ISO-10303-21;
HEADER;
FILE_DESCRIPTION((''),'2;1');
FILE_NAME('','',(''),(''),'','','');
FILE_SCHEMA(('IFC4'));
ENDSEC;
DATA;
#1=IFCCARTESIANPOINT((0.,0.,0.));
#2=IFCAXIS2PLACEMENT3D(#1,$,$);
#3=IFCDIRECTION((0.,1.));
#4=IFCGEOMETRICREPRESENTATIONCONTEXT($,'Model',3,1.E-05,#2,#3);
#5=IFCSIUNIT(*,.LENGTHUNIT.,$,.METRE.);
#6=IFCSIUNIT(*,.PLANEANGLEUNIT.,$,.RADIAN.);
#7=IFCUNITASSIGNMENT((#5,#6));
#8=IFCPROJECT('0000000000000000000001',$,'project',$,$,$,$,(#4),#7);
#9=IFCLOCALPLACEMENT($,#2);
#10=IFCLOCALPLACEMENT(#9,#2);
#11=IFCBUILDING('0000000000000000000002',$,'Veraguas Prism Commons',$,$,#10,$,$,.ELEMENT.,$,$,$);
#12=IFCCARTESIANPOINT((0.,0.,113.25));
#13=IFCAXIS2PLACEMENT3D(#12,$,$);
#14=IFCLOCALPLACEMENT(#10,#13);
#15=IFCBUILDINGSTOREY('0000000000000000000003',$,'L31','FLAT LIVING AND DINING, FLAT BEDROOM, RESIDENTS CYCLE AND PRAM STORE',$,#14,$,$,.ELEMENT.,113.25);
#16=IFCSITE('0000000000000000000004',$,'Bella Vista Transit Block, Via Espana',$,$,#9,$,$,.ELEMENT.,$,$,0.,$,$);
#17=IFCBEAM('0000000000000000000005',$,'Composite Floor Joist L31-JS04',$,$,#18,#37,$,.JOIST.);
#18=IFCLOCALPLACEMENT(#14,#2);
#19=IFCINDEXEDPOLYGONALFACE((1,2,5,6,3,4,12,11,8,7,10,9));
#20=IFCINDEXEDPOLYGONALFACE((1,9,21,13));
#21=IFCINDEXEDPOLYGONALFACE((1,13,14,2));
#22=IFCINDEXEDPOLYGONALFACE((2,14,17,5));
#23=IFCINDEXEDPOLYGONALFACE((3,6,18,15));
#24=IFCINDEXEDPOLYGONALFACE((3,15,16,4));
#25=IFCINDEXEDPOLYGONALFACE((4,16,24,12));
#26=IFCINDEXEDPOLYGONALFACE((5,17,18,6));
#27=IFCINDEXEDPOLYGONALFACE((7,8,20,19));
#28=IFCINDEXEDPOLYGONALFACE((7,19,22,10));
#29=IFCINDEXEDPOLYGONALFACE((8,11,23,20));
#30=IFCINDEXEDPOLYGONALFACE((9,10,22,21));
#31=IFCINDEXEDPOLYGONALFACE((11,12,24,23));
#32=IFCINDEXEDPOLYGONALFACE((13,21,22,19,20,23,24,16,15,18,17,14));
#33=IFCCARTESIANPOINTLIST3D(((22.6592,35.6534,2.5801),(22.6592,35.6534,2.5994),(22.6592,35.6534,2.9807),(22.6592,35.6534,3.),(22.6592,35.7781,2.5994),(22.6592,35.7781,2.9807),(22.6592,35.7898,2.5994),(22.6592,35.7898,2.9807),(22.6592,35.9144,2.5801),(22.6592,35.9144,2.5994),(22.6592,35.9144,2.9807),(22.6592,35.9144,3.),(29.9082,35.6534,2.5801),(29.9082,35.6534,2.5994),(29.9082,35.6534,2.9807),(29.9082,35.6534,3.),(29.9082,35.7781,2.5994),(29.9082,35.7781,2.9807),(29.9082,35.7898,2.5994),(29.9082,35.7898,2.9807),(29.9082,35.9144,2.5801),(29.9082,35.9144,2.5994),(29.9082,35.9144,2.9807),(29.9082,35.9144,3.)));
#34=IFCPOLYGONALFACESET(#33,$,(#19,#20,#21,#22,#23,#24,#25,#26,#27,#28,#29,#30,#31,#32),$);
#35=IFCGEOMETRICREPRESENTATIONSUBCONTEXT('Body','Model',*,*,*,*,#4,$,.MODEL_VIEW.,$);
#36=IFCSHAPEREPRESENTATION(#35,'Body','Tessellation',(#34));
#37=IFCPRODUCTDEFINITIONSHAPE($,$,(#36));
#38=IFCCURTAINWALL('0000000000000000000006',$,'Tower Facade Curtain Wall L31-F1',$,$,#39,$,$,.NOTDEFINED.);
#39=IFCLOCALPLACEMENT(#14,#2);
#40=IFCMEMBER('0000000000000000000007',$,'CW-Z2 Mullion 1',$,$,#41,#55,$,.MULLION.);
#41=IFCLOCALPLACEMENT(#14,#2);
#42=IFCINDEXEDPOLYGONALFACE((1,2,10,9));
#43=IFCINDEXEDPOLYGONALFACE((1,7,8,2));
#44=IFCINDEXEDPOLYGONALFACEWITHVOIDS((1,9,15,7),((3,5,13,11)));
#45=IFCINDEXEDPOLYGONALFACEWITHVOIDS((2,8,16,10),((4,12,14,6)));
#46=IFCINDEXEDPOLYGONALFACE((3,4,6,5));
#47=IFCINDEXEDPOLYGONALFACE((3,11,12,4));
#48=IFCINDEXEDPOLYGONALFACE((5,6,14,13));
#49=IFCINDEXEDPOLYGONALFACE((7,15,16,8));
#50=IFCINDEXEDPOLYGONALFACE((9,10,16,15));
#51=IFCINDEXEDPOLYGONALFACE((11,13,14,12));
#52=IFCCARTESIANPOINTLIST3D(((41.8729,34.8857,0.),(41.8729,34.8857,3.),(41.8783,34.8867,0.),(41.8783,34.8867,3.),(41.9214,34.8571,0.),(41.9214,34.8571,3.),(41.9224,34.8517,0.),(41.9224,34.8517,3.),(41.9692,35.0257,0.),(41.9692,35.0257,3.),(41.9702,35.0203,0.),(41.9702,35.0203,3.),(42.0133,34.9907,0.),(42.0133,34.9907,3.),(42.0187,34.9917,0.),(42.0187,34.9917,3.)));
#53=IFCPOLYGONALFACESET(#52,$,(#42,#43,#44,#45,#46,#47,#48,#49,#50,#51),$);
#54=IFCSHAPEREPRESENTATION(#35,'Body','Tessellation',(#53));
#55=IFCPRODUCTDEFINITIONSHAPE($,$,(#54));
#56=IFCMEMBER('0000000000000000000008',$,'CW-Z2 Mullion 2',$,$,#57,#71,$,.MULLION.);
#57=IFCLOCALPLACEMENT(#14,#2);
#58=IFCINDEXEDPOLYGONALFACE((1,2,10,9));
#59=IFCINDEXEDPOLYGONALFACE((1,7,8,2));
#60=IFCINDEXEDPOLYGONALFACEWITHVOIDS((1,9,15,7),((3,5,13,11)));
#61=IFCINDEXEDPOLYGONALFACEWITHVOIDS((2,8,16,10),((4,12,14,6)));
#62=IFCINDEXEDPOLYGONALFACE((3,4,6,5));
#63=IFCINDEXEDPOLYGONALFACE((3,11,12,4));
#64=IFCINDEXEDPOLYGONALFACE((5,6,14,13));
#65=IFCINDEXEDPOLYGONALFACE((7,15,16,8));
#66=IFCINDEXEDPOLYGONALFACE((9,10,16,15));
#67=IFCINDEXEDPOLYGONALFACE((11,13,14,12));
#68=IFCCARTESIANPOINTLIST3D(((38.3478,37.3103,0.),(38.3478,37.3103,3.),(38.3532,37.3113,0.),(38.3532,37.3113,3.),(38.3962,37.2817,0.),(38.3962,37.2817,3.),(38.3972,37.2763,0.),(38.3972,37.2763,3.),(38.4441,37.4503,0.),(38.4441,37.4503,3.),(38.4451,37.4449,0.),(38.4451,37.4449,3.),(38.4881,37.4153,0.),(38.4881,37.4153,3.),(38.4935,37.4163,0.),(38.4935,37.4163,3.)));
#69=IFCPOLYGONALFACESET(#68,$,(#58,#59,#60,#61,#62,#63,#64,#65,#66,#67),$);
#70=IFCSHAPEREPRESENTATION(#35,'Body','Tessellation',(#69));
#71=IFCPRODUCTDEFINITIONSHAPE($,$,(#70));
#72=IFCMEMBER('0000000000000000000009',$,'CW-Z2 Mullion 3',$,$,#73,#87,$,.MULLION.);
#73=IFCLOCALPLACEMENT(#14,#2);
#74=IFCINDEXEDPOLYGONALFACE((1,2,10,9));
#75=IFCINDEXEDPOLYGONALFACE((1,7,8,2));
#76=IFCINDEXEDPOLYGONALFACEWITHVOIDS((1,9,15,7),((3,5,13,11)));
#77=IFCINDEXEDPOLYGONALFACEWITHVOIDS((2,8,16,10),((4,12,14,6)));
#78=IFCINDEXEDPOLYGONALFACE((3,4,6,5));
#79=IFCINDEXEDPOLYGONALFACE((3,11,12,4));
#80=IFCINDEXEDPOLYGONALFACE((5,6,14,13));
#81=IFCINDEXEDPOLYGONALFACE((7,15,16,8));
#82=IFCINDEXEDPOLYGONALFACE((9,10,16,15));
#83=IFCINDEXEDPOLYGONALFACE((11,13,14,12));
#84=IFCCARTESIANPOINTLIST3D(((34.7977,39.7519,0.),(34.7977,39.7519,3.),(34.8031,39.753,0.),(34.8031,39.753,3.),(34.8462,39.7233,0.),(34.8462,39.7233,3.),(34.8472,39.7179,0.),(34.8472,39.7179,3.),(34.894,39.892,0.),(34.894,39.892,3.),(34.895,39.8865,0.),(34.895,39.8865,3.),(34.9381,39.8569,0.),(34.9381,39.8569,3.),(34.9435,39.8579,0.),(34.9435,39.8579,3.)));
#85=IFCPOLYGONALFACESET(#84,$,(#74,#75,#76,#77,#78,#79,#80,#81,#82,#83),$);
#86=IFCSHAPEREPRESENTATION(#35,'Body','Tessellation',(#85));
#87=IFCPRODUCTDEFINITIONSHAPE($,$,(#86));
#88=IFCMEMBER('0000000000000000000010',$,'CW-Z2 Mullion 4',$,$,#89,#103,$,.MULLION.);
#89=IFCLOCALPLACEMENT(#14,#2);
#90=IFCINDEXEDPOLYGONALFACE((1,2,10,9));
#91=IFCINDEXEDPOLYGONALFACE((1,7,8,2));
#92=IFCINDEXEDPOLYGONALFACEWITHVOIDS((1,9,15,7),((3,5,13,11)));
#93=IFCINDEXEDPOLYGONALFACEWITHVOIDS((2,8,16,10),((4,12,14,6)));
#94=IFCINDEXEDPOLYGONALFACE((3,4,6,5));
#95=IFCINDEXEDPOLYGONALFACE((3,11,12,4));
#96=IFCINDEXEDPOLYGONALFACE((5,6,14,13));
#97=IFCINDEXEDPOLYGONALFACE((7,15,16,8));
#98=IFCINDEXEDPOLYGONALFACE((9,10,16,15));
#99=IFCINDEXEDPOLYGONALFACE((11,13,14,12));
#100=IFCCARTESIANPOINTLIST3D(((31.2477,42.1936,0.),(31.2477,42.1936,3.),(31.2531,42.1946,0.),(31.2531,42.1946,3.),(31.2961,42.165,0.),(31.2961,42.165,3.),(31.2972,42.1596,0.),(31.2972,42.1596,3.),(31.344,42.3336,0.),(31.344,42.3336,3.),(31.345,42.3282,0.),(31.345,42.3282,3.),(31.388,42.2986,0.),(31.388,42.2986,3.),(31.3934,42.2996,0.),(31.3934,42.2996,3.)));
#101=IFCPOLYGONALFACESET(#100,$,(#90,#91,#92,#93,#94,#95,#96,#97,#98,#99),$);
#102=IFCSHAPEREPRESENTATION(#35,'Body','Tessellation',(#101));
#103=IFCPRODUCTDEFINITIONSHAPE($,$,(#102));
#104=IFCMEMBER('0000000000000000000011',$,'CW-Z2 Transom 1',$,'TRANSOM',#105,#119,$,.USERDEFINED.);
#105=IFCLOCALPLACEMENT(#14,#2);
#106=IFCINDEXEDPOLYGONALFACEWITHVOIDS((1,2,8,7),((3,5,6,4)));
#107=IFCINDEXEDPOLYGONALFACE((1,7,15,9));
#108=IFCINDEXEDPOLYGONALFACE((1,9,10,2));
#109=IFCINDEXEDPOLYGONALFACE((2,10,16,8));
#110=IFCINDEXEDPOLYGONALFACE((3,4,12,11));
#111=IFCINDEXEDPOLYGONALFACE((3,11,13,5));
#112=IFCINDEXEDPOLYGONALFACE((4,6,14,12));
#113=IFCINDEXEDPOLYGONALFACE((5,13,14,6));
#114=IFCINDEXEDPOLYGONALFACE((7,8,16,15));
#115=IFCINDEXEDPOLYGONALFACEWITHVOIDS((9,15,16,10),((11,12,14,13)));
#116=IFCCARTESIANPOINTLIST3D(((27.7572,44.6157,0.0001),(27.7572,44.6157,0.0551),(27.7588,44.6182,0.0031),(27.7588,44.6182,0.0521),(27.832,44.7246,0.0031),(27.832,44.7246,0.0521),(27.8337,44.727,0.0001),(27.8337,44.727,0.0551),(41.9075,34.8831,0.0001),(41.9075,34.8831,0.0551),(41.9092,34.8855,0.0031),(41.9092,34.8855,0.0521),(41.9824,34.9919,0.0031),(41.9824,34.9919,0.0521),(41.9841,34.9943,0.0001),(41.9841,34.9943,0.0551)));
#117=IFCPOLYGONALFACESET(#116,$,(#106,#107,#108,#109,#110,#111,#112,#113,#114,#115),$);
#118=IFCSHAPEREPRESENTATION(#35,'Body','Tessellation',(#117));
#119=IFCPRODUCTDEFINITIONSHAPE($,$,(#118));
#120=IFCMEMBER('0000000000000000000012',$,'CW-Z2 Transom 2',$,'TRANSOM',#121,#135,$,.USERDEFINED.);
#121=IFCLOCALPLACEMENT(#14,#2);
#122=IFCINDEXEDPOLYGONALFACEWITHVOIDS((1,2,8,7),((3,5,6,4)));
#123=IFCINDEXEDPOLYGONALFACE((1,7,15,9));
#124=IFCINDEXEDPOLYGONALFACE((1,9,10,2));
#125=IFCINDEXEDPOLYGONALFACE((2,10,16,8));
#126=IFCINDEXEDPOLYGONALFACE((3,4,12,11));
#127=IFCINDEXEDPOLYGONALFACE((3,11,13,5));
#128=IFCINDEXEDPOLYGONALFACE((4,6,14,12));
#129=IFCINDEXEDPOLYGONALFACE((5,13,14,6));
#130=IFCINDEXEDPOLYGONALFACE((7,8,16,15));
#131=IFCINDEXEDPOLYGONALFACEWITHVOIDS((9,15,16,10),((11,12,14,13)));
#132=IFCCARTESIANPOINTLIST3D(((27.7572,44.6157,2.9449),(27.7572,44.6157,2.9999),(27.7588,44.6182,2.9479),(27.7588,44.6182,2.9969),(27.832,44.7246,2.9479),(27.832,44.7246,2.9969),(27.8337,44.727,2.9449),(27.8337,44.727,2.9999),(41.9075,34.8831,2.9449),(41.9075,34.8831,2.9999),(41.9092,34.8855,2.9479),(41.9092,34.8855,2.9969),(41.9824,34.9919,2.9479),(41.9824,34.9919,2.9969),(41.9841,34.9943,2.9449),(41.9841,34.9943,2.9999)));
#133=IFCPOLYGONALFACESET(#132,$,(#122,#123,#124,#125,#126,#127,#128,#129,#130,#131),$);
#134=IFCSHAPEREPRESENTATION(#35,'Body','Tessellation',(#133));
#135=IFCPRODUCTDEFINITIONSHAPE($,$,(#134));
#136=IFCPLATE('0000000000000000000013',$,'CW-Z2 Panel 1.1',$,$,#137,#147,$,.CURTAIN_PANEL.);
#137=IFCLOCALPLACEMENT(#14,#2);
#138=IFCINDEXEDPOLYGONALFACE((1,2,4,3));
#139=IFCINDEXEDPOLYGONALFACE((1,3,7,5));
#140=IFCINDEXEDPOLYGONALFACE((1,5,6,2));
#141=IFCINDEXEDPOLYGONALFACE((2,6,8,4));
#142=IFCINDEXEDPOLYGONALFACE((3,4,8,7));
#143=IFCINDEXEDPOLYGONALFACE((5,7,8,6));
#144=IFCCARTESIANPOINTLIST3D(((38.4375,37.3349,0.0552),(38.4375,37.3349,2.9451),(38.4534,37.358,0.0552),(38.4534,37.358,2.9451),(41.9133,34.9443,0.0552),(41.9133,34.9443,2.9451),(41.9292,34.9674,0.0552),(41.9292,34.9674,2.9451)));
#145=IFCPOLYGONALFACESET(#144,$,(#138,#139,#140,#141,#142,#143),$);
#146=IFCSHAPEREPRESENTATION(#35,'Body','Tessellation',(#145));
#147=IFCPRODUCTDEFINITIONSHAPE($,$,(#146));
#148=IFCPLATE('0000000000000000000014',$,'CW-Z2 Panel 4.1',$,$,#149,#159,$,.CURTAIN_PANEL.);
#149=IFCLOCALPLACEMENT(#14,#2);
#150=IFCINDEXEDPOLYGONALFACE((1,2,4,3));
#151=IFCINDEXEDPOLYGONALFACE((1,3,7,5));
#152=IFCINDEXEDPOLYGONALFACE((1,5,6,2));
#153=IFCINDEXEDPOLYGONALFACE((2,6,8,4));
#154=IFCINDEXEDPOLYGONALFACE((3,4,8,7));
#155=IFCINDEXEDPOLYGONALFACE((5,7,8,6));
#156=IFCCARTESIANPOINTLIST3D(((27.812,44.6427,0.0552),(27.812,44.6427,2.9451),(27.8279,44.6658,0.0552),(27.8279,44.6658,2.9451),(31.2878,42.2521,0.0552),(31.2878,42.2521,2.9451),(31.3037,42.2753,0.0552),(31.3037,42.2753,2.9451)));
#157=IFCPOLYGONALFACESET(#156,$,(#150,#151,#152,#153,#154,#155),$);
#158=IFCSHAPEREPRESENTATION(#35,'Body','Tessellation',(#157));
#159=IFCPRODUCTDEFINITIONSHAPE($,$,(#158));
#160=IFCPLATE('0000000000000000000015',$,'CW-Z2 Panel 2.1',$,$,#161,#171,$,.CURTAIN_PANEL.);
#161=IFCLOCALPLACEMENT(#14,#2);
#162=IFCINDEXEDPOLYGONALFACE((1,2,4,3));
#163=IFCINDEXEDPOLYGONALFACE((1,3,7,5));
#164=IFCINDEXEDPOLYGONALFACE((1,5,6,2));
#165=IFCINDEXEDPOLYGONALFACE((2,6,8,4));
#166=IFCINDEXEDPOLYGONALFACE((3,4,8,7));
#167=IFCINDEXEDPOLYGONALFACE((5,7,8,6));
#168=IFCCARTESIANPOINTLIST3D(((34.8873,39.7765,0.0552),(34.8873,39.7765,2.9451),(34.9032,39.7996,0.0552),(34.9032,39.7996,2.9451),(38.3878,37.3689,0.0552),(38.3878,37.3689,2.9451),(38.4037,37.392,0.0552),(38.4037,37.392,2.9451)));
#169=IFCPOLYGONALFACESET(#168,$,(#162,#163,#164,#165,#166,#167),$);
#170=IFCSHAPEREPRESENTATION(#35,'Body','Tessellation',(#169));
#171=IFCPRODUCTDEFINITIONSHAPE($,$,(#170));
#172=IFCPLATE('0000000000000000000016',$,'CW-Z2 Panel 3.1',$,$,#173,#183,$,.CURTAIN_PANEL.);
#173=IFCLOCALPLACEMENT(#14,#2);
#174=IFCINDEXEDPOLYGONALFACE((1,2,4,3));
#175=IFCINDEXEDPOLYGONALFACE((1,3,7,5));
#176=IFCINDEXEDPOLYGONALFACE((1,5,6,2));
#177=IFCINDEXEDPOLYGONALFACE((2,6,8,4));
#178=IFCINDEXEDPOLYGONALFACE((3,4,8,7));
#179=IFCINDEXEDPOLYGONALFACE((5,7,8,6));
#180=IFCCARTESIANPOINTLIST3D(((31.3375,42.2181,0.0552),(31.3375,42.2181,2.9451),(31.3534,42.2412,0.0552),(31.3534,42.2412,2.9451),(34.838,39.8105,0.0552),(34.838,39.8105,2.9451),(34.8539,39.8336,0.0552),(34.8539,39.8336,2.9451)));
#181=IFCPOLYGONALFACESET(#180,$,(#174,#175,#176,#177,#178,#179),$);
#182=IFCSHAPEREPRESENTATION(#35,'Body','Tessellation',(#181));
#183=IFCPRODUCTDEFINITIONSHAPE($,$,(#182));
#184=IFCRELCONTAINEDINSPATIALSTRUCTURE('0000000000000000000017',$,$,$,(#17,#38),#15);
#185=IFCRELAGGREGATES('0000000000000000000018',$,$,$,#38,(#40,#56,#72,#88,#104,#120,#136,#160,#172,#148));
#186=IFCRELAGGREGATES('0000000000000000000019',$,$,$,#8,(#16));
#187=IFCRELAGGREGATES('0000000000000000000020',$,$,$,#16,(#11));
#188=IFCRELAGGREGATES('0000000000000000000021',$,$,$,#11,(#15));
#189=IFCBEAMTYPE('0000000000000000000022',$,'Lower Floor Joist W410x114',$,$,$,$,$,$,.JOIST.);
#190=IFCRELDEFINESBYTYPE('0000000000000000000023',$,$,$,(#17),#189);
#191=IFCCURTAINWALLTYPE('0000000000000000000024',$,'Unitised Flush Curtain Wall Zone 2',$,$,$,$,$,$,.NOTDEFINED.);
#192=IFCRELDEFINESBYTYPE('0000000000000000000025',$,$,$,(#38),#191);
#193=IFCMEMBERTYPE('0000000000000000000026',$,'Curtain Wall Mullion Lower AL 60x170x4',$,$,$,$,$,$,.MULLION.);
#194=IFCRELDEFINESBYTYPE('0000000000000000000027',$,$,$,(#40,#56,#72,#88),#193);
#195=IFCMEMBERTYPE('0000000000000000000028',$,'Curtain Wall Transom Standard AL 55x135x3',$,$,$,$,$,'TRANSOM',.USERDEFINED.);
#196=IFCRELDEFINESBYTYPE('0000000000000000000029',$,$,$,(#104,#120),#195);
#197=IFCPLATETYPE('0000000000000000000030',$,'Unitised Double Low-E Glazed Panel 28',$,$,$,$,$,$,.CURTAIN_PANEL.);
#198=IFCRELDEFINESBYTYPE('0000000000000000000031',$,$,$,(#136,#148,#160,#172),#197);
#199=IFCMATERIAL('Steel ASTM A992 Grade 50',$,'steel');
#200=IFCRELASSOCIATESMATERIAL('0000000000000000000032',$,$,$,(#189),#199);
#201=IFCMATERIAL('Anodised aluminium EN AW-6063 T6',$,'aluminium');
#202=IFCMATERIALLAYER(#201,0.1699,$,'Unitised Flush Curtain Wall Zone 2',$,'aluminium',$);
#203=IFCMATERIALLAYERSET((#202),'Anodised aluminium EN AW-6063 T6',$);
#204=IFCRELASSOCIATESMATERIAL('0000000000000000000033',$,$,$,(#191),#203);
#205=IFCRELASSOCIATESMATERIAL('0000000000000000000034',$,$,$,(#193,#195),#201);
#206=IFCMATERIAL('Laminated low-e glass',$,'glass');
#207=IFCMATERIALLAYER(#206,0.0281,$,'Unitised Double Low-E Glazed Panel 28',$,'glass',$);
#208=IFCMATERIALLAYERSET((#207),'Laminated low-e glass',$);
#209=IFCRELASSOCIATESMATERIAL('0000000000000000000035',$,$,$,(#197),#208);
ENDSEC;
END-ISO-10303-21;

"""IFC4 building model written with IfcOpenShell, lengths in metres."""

from ifc_helpers import new_model, si_unit, direction, frame, origin, origin_2d, place, context, subcontext, project, spatial, rectangle, hollow_rectangle, i_section, extrude, source, transform, mapped, material, layer, layer_set, material_profile, profile_set, type_object, element, aggregate, save


model = new_model("IFC4")

# Units and contexts
model_context = context("Model", 3, precision=1e-05, world=origin(), true_north=direction((0.0, 1.0)))
body_context = subcontext(model_context, "Body", "Model", "MODEL_VIEW")
ifc_project = project(units=[si_unit("LENGTHUNIT", "METRE"), si_unit("PLANEANGLEUNIT", "RADIAN")], contexts=[model_context])

# Site, building, storey
site_placement = place(None, origin())
site = spatial("IfcSite", under=ifc_project, at=site_placement, Name="Bella Vista Transit Block, Via Espana", CompositionType="ELEMENT", RefElevation=0.0)
building_placement = place(site_placement, origin())
building = spatial("IfcBuilding", under=site, at=building_placement, Name="Veraguas Prism Commons", CompositionType="ELEMENT")
storey_placement = place(building_placement, frame((0.0, 0.0, 113.25)))
storey = spatial("IfcBuildingStorey", under=building, at=storey_placement, Name="L31", Description="FLAT LIVING AND DINING, FLAT BEDROOM, RESIDENTS CYCLE AND PRAM STORE", CompositionType="ELEMENT", Elevation=113.25)

# Beam
ifc_material_1 = material(Name="Steel ASTM A992 Grade 50", Category="steel")
ifc_material_profile_1 = material_profile(ifc_material_1, i_section(OverallWidth=0.261, OverallDepth=0.4199, WebThickness=0.0117, FlangeThickness=0.0193, at=origin_2d()), Name="W410X114")
ifc_profile_set_1 = profile_set([ifc_material_profile_1], Name="Steel ASTM A992 Grade 50")
beam_type = type_object("IfcBeamType", Name="Lower Floor Joist W410x114", PredefinedType="JOIST", material=ifc_profile_set_1)
beam_placement = place(storey_placement, frame((29.9082, 35.7839, 2.79), z_axis=(-1.0, 0.0, 0.0), x_axis=(0.0, -1.0, 0.0)))
element("IfcBeam", 1, at=beam_placement, inside=storey, type_object=beam_type, Name="Composite Floor Joist L31-JS04", PredefinedType="JOIST", context=body_context, shape_type="SweptSolid", body=[
    extrude(i_section(OverallWidth=0.261, OverallDepth=0.4199, WebThickness=0.0117, FlangeThickness=0.0193, at=origin_2d()), origin(), (0.0, 0.0, 1.0), 7.249),
])

# Curtain wall, members, plates
ifc_material_2 = material(Name="Anodised aluminium EN AW-6063 T6", Category="aluminium")
ifc_layer_1 = layer(ifc_material_2, 0.1699, Name="Unitised Flush Curtain Wall Zone 2", Category="aluminium")
ifc_layer_set_1 = layer_set([ifc_layer_1], Name="Anodised aluminium EN AW-6063 T6")
curtain_wall_type = type_object("IfcCurtainWallType", Name="Unitised Flush Curtain Wall Zone 2", PredefinedType="NOTDEFINED", material=ifc_layer_set_1)
curtain_wall_placement = place(storey_placement, origin())
curtain_wall = element("IfcCurtainWall", 2, at=curtain_wall_placement, inside=storey, type_object=curtain_wall_type, Name="Tower Facade Curtain Wall L31-F1", PredefinedType="NOTDEFINED")
ifc_material_profile_2 = material_profile(ifc_material_2, hollow_rectangle(XDim=0.0601, YDim=0.1699, WallThickness=0.0039, at=origin_2d()), Name="AL60X170X4")
ifc_profile_set_2 = profile_set([ifc_material_profile_2], Name="Anodised aluminium EN AW-6063 T6")
member_type_1 = type_object("IfcMemberType", Name="Curtain Wall Mullion Lower AL 60x170x4", PredefinedType="MULLION", material=ifc_profile_set_2)
shared_shape_1 = source(origin(), body_context, "Body", "SweptSolid", [
    extrude(hollow_rectangle(XDim=0.0601, YDim=0.1699, WallThickness=0.0039, at=origin_2d()), origin(), (0.0, 0.0, 1.0), 3.0),
])
member_1_placement = place(storey_placement, frame((41.9458, 34.9387, 0.0), z_axis=(0.0, 0.0, 1.0), x_axis=(-0.82393, 0.566691, 0.0)))
member_1 = element("IfcMember", 3, at=member_1_placement, type_object=member_type_1, Name="CW-Z2 Mullion 1", PredefinedType="MULLION", context=body_context, shape_type="MappedRepresentation", body=[
    mapped(shared_shape_1, transform((0.0, 0.0, 0.0), scale=1.0)),
])
member_2_placement = place(storey_placement, frame((38.4207, 37.3633, 0.0), z_axis=(0.0, 0.0, 1.0), x_axis=(-0.82393, 0.566691, 0.0)))
member_2 = element("IfcMember", 4, at=member_2_placement, type_object=member_type_1, Name="CW-Z2 Mullion 2", PredefinedType="MULLION", context=body_context, shape_type="MappedRepresentation", body=[
    mapped(shared_shape_1, transform((0.0, 0.0, 0.0), scale=1.0)),
])
member_3_placement = place(storey_placement, frame((34.8706, 39.8049, 0.0), z_axis=(0.0, 0.0, 1.0), x_axis=(-0.82393, 0.566691, 0.0)))
member_3 = element("IfcMember", 5, at=member_3_placement, type_object=member_type_1, Name="CW-Z2 Mullion 3", PredefinedType="MULLION", context=body_context, shape_type="MappedRepresentation", body=[
    mapped(shared_shape_1, transform((0.0, 0.0, 0.0), scale=1.0)),
])
member_4_placement = place(storey_placement, frame((31.3206, 42.2466, 0.0), z_axis=(0.0, 0.0, 1.0), x_axis=(-0.82393, 0.566691, 0.0)))
member_4 = element("IfcMember", 6, at=member_4_placement, type_object=member_type_1, Name="CW-Z2 Mullion 4", PredefinedType="MULLION", context=body_context, shape_type="MappedRepresentation", body=[
    mapped(shared_shape_1, transform((0.0, 0.0, 0.0), scale=1.0)),
])
ifc_material_profile_3 = material_profile(ifc_material_2, hollow_rectangle(XDim=0.0549, YDim=0.135, WallThickness=0.0029, at=origin_2d()), Name="AL55X135X3")
ifc_profile_set_3 = profile_set([ifc_material_profile_3], Name="Anodised aluminium EN AW-6063 T6")
member_type_2 = type_object("IfcMemberType", Name="Curtain Wall Transom Standard AL 55x135x3", ElementType="TRANSOM", PredefinedType="USERDEFINED", material=ifc_profile_set_3)
shared_shape_2 = source(origin(), body_context, "Body", "SweptSolid", [
    extrude(hollow_rectangle(XDim=0.0549, YDim=0.135, WallThickness=0.0029, at=origin_2d()), origin(), (0.0, 0.0, 1.0), 17.1743),
])
member_5_placement = place(storey_placement, frame((41.9458, 34.9387, 0.0276), z_axis=(-0.823926, 0.566698, 0.0), x_axis=(0.0, 0.0, 1.0)))
member_5 = element("IfcMember", 7, at=member_5_placement, type_object=member_type_2, Name="CW-Z2 Transom 1", ObjectType="TRANSOM", PredefinedType="USERDEFINED", context=body_context, shape_type="MappedRepresentation", body=[
    mapped(shared_shape_2, transform((0.0, 0.0, 0.0), scale=1.0)),
])
member_6_placement = place(storey_placement, frame((41.9458, 34.9387, 2.9724), z_axis=(-0.823926, 0.566698, 0.0), x_axis=(0.0, 0.0, 1.0)))
member_6 = element("IfcMember", 8, at=member_6_placement, type_object=member_type_2, Name="CW-Z2 Transom 2", ObjectType="TRANSOM", PredefinedType="USERDEFINED", context=body_context, shape_type="MappedRepresentation", body=[
    mapped(shared_shape_2, transform((0.0, 0.0, 0.0), scale=1.0)),
])
ifc_material_3 = material(Name="Laminated low-e glass", Category="glass")
ifc_layer_2 = layer(ifc_material_3, 0.0281, Name="Unitised Double Low-E Glazed Panel 28", Category="glass")
ifc_layer_set_2 = layer_set([ifc_layer_2], Name="Laminated low-e glass")
plate_type = type_object("IfcPlateType", Name="Unitised Double Low-E Glazed Panel 28", PredefinedType="CURTAIN_PANEL", material=ifc_layer_set_2)
shared_shape_3 = source(origin(), body_context, "Body", "SweptSolid", [
    extrude(rectangle(XDim=4.2185, YDim=0.0281, at=origin_2d()), origin(), (0.0, 0.0, 1.0), 2.8899),
])
plate_1_placement = place(storey_placement, frame((40.1833, 36.1511, 0.0552), z_axis=(0.0, 0.0, 1.0), x_axis=(-0.82393, 0.566691, 0.0)))
plate_1 = element("IfcPlate", 9, at=plate_1_placement, type_object=plate_type, Name="CW-Z2 Panel 1.1", PredefinedType="CURTAIN_PANEL", context=body_context, shape_type="MappedRepresentation", body=[
    mapped(shared_shape_3, transform((0.0, 0.0, 0.0), scale=1.0)),
])
plate_2_placement = place(storey_placement, frame((29.5579, 43.459, 0.0552), z_axis=(0.0, 0.0, 1.0), x_axis=(-0.82393, 0.566691, 0.0)))
plate_2 = element("IfcPlate", 10, at=plate_2_placement, type_object=plate_type, Name="CW-Z2 Panel 4.1", PredefinedType="CURTAIN_PANEL", context=body_context, shape_type="MappedRepresentation", body=[
    mapped(shared_shape_3, transform((0.0, 0.0, 0.0), scale=1.0)),
])
shared_shape_4 = source(origin(), body_context, "Body", "SweptSolid", [
    extrude(rectangle(XDim=4.2485, YDim=0.0281, at=origin_2d()), origin(), (0.0, 0.0, 1.0), 2.8899),
])
plate_3_placement = place(storey_placement, frame((36.6455, 38.5842, 0.0552), z_axis=(0.0, 0.0, 1.0), x_axis=(-0.82393, 0.566691, 0.0)))
plate_3 = element("IfcPlate", 11, at=plate_3_placement, type_object=plate_type, Name="CW-Z2 Panel 2.1", PredefinedType="CURTAIN_PANEL", context=body_context, shape_type="MappedRepresentation", body=[
    mapped(shared_shape_4, transform((0.0, 0.0, 0.0), scale=1.0)),
])
plate_4_placement = place(storey_placement, frame((33.0957, 41.0259, 0.0552), z_axis=(0.0, 0.0, 1.0), x_axis=(-0.82393, 0.566691, 0.0)))
plate_4 = element("IfcPlate", 12, at=plate_4_placement, type_object=plate_type, Name="CW-Z2 Panel 3.1", PredefinedType="CURTAIN_PANEL", context=body_context, shape_type="MappedRepresentation", body=[
    mapped(shared_shape_4, transform((0.0, 0.0, 0.0), scale=1.0)),
])
aggregate(curtain_wall, [member_1, member_2, member_3, member_4, member_5, member_6, plate_1, plate_3, plate_4, plate_2])

save(model, "model.ifc")
